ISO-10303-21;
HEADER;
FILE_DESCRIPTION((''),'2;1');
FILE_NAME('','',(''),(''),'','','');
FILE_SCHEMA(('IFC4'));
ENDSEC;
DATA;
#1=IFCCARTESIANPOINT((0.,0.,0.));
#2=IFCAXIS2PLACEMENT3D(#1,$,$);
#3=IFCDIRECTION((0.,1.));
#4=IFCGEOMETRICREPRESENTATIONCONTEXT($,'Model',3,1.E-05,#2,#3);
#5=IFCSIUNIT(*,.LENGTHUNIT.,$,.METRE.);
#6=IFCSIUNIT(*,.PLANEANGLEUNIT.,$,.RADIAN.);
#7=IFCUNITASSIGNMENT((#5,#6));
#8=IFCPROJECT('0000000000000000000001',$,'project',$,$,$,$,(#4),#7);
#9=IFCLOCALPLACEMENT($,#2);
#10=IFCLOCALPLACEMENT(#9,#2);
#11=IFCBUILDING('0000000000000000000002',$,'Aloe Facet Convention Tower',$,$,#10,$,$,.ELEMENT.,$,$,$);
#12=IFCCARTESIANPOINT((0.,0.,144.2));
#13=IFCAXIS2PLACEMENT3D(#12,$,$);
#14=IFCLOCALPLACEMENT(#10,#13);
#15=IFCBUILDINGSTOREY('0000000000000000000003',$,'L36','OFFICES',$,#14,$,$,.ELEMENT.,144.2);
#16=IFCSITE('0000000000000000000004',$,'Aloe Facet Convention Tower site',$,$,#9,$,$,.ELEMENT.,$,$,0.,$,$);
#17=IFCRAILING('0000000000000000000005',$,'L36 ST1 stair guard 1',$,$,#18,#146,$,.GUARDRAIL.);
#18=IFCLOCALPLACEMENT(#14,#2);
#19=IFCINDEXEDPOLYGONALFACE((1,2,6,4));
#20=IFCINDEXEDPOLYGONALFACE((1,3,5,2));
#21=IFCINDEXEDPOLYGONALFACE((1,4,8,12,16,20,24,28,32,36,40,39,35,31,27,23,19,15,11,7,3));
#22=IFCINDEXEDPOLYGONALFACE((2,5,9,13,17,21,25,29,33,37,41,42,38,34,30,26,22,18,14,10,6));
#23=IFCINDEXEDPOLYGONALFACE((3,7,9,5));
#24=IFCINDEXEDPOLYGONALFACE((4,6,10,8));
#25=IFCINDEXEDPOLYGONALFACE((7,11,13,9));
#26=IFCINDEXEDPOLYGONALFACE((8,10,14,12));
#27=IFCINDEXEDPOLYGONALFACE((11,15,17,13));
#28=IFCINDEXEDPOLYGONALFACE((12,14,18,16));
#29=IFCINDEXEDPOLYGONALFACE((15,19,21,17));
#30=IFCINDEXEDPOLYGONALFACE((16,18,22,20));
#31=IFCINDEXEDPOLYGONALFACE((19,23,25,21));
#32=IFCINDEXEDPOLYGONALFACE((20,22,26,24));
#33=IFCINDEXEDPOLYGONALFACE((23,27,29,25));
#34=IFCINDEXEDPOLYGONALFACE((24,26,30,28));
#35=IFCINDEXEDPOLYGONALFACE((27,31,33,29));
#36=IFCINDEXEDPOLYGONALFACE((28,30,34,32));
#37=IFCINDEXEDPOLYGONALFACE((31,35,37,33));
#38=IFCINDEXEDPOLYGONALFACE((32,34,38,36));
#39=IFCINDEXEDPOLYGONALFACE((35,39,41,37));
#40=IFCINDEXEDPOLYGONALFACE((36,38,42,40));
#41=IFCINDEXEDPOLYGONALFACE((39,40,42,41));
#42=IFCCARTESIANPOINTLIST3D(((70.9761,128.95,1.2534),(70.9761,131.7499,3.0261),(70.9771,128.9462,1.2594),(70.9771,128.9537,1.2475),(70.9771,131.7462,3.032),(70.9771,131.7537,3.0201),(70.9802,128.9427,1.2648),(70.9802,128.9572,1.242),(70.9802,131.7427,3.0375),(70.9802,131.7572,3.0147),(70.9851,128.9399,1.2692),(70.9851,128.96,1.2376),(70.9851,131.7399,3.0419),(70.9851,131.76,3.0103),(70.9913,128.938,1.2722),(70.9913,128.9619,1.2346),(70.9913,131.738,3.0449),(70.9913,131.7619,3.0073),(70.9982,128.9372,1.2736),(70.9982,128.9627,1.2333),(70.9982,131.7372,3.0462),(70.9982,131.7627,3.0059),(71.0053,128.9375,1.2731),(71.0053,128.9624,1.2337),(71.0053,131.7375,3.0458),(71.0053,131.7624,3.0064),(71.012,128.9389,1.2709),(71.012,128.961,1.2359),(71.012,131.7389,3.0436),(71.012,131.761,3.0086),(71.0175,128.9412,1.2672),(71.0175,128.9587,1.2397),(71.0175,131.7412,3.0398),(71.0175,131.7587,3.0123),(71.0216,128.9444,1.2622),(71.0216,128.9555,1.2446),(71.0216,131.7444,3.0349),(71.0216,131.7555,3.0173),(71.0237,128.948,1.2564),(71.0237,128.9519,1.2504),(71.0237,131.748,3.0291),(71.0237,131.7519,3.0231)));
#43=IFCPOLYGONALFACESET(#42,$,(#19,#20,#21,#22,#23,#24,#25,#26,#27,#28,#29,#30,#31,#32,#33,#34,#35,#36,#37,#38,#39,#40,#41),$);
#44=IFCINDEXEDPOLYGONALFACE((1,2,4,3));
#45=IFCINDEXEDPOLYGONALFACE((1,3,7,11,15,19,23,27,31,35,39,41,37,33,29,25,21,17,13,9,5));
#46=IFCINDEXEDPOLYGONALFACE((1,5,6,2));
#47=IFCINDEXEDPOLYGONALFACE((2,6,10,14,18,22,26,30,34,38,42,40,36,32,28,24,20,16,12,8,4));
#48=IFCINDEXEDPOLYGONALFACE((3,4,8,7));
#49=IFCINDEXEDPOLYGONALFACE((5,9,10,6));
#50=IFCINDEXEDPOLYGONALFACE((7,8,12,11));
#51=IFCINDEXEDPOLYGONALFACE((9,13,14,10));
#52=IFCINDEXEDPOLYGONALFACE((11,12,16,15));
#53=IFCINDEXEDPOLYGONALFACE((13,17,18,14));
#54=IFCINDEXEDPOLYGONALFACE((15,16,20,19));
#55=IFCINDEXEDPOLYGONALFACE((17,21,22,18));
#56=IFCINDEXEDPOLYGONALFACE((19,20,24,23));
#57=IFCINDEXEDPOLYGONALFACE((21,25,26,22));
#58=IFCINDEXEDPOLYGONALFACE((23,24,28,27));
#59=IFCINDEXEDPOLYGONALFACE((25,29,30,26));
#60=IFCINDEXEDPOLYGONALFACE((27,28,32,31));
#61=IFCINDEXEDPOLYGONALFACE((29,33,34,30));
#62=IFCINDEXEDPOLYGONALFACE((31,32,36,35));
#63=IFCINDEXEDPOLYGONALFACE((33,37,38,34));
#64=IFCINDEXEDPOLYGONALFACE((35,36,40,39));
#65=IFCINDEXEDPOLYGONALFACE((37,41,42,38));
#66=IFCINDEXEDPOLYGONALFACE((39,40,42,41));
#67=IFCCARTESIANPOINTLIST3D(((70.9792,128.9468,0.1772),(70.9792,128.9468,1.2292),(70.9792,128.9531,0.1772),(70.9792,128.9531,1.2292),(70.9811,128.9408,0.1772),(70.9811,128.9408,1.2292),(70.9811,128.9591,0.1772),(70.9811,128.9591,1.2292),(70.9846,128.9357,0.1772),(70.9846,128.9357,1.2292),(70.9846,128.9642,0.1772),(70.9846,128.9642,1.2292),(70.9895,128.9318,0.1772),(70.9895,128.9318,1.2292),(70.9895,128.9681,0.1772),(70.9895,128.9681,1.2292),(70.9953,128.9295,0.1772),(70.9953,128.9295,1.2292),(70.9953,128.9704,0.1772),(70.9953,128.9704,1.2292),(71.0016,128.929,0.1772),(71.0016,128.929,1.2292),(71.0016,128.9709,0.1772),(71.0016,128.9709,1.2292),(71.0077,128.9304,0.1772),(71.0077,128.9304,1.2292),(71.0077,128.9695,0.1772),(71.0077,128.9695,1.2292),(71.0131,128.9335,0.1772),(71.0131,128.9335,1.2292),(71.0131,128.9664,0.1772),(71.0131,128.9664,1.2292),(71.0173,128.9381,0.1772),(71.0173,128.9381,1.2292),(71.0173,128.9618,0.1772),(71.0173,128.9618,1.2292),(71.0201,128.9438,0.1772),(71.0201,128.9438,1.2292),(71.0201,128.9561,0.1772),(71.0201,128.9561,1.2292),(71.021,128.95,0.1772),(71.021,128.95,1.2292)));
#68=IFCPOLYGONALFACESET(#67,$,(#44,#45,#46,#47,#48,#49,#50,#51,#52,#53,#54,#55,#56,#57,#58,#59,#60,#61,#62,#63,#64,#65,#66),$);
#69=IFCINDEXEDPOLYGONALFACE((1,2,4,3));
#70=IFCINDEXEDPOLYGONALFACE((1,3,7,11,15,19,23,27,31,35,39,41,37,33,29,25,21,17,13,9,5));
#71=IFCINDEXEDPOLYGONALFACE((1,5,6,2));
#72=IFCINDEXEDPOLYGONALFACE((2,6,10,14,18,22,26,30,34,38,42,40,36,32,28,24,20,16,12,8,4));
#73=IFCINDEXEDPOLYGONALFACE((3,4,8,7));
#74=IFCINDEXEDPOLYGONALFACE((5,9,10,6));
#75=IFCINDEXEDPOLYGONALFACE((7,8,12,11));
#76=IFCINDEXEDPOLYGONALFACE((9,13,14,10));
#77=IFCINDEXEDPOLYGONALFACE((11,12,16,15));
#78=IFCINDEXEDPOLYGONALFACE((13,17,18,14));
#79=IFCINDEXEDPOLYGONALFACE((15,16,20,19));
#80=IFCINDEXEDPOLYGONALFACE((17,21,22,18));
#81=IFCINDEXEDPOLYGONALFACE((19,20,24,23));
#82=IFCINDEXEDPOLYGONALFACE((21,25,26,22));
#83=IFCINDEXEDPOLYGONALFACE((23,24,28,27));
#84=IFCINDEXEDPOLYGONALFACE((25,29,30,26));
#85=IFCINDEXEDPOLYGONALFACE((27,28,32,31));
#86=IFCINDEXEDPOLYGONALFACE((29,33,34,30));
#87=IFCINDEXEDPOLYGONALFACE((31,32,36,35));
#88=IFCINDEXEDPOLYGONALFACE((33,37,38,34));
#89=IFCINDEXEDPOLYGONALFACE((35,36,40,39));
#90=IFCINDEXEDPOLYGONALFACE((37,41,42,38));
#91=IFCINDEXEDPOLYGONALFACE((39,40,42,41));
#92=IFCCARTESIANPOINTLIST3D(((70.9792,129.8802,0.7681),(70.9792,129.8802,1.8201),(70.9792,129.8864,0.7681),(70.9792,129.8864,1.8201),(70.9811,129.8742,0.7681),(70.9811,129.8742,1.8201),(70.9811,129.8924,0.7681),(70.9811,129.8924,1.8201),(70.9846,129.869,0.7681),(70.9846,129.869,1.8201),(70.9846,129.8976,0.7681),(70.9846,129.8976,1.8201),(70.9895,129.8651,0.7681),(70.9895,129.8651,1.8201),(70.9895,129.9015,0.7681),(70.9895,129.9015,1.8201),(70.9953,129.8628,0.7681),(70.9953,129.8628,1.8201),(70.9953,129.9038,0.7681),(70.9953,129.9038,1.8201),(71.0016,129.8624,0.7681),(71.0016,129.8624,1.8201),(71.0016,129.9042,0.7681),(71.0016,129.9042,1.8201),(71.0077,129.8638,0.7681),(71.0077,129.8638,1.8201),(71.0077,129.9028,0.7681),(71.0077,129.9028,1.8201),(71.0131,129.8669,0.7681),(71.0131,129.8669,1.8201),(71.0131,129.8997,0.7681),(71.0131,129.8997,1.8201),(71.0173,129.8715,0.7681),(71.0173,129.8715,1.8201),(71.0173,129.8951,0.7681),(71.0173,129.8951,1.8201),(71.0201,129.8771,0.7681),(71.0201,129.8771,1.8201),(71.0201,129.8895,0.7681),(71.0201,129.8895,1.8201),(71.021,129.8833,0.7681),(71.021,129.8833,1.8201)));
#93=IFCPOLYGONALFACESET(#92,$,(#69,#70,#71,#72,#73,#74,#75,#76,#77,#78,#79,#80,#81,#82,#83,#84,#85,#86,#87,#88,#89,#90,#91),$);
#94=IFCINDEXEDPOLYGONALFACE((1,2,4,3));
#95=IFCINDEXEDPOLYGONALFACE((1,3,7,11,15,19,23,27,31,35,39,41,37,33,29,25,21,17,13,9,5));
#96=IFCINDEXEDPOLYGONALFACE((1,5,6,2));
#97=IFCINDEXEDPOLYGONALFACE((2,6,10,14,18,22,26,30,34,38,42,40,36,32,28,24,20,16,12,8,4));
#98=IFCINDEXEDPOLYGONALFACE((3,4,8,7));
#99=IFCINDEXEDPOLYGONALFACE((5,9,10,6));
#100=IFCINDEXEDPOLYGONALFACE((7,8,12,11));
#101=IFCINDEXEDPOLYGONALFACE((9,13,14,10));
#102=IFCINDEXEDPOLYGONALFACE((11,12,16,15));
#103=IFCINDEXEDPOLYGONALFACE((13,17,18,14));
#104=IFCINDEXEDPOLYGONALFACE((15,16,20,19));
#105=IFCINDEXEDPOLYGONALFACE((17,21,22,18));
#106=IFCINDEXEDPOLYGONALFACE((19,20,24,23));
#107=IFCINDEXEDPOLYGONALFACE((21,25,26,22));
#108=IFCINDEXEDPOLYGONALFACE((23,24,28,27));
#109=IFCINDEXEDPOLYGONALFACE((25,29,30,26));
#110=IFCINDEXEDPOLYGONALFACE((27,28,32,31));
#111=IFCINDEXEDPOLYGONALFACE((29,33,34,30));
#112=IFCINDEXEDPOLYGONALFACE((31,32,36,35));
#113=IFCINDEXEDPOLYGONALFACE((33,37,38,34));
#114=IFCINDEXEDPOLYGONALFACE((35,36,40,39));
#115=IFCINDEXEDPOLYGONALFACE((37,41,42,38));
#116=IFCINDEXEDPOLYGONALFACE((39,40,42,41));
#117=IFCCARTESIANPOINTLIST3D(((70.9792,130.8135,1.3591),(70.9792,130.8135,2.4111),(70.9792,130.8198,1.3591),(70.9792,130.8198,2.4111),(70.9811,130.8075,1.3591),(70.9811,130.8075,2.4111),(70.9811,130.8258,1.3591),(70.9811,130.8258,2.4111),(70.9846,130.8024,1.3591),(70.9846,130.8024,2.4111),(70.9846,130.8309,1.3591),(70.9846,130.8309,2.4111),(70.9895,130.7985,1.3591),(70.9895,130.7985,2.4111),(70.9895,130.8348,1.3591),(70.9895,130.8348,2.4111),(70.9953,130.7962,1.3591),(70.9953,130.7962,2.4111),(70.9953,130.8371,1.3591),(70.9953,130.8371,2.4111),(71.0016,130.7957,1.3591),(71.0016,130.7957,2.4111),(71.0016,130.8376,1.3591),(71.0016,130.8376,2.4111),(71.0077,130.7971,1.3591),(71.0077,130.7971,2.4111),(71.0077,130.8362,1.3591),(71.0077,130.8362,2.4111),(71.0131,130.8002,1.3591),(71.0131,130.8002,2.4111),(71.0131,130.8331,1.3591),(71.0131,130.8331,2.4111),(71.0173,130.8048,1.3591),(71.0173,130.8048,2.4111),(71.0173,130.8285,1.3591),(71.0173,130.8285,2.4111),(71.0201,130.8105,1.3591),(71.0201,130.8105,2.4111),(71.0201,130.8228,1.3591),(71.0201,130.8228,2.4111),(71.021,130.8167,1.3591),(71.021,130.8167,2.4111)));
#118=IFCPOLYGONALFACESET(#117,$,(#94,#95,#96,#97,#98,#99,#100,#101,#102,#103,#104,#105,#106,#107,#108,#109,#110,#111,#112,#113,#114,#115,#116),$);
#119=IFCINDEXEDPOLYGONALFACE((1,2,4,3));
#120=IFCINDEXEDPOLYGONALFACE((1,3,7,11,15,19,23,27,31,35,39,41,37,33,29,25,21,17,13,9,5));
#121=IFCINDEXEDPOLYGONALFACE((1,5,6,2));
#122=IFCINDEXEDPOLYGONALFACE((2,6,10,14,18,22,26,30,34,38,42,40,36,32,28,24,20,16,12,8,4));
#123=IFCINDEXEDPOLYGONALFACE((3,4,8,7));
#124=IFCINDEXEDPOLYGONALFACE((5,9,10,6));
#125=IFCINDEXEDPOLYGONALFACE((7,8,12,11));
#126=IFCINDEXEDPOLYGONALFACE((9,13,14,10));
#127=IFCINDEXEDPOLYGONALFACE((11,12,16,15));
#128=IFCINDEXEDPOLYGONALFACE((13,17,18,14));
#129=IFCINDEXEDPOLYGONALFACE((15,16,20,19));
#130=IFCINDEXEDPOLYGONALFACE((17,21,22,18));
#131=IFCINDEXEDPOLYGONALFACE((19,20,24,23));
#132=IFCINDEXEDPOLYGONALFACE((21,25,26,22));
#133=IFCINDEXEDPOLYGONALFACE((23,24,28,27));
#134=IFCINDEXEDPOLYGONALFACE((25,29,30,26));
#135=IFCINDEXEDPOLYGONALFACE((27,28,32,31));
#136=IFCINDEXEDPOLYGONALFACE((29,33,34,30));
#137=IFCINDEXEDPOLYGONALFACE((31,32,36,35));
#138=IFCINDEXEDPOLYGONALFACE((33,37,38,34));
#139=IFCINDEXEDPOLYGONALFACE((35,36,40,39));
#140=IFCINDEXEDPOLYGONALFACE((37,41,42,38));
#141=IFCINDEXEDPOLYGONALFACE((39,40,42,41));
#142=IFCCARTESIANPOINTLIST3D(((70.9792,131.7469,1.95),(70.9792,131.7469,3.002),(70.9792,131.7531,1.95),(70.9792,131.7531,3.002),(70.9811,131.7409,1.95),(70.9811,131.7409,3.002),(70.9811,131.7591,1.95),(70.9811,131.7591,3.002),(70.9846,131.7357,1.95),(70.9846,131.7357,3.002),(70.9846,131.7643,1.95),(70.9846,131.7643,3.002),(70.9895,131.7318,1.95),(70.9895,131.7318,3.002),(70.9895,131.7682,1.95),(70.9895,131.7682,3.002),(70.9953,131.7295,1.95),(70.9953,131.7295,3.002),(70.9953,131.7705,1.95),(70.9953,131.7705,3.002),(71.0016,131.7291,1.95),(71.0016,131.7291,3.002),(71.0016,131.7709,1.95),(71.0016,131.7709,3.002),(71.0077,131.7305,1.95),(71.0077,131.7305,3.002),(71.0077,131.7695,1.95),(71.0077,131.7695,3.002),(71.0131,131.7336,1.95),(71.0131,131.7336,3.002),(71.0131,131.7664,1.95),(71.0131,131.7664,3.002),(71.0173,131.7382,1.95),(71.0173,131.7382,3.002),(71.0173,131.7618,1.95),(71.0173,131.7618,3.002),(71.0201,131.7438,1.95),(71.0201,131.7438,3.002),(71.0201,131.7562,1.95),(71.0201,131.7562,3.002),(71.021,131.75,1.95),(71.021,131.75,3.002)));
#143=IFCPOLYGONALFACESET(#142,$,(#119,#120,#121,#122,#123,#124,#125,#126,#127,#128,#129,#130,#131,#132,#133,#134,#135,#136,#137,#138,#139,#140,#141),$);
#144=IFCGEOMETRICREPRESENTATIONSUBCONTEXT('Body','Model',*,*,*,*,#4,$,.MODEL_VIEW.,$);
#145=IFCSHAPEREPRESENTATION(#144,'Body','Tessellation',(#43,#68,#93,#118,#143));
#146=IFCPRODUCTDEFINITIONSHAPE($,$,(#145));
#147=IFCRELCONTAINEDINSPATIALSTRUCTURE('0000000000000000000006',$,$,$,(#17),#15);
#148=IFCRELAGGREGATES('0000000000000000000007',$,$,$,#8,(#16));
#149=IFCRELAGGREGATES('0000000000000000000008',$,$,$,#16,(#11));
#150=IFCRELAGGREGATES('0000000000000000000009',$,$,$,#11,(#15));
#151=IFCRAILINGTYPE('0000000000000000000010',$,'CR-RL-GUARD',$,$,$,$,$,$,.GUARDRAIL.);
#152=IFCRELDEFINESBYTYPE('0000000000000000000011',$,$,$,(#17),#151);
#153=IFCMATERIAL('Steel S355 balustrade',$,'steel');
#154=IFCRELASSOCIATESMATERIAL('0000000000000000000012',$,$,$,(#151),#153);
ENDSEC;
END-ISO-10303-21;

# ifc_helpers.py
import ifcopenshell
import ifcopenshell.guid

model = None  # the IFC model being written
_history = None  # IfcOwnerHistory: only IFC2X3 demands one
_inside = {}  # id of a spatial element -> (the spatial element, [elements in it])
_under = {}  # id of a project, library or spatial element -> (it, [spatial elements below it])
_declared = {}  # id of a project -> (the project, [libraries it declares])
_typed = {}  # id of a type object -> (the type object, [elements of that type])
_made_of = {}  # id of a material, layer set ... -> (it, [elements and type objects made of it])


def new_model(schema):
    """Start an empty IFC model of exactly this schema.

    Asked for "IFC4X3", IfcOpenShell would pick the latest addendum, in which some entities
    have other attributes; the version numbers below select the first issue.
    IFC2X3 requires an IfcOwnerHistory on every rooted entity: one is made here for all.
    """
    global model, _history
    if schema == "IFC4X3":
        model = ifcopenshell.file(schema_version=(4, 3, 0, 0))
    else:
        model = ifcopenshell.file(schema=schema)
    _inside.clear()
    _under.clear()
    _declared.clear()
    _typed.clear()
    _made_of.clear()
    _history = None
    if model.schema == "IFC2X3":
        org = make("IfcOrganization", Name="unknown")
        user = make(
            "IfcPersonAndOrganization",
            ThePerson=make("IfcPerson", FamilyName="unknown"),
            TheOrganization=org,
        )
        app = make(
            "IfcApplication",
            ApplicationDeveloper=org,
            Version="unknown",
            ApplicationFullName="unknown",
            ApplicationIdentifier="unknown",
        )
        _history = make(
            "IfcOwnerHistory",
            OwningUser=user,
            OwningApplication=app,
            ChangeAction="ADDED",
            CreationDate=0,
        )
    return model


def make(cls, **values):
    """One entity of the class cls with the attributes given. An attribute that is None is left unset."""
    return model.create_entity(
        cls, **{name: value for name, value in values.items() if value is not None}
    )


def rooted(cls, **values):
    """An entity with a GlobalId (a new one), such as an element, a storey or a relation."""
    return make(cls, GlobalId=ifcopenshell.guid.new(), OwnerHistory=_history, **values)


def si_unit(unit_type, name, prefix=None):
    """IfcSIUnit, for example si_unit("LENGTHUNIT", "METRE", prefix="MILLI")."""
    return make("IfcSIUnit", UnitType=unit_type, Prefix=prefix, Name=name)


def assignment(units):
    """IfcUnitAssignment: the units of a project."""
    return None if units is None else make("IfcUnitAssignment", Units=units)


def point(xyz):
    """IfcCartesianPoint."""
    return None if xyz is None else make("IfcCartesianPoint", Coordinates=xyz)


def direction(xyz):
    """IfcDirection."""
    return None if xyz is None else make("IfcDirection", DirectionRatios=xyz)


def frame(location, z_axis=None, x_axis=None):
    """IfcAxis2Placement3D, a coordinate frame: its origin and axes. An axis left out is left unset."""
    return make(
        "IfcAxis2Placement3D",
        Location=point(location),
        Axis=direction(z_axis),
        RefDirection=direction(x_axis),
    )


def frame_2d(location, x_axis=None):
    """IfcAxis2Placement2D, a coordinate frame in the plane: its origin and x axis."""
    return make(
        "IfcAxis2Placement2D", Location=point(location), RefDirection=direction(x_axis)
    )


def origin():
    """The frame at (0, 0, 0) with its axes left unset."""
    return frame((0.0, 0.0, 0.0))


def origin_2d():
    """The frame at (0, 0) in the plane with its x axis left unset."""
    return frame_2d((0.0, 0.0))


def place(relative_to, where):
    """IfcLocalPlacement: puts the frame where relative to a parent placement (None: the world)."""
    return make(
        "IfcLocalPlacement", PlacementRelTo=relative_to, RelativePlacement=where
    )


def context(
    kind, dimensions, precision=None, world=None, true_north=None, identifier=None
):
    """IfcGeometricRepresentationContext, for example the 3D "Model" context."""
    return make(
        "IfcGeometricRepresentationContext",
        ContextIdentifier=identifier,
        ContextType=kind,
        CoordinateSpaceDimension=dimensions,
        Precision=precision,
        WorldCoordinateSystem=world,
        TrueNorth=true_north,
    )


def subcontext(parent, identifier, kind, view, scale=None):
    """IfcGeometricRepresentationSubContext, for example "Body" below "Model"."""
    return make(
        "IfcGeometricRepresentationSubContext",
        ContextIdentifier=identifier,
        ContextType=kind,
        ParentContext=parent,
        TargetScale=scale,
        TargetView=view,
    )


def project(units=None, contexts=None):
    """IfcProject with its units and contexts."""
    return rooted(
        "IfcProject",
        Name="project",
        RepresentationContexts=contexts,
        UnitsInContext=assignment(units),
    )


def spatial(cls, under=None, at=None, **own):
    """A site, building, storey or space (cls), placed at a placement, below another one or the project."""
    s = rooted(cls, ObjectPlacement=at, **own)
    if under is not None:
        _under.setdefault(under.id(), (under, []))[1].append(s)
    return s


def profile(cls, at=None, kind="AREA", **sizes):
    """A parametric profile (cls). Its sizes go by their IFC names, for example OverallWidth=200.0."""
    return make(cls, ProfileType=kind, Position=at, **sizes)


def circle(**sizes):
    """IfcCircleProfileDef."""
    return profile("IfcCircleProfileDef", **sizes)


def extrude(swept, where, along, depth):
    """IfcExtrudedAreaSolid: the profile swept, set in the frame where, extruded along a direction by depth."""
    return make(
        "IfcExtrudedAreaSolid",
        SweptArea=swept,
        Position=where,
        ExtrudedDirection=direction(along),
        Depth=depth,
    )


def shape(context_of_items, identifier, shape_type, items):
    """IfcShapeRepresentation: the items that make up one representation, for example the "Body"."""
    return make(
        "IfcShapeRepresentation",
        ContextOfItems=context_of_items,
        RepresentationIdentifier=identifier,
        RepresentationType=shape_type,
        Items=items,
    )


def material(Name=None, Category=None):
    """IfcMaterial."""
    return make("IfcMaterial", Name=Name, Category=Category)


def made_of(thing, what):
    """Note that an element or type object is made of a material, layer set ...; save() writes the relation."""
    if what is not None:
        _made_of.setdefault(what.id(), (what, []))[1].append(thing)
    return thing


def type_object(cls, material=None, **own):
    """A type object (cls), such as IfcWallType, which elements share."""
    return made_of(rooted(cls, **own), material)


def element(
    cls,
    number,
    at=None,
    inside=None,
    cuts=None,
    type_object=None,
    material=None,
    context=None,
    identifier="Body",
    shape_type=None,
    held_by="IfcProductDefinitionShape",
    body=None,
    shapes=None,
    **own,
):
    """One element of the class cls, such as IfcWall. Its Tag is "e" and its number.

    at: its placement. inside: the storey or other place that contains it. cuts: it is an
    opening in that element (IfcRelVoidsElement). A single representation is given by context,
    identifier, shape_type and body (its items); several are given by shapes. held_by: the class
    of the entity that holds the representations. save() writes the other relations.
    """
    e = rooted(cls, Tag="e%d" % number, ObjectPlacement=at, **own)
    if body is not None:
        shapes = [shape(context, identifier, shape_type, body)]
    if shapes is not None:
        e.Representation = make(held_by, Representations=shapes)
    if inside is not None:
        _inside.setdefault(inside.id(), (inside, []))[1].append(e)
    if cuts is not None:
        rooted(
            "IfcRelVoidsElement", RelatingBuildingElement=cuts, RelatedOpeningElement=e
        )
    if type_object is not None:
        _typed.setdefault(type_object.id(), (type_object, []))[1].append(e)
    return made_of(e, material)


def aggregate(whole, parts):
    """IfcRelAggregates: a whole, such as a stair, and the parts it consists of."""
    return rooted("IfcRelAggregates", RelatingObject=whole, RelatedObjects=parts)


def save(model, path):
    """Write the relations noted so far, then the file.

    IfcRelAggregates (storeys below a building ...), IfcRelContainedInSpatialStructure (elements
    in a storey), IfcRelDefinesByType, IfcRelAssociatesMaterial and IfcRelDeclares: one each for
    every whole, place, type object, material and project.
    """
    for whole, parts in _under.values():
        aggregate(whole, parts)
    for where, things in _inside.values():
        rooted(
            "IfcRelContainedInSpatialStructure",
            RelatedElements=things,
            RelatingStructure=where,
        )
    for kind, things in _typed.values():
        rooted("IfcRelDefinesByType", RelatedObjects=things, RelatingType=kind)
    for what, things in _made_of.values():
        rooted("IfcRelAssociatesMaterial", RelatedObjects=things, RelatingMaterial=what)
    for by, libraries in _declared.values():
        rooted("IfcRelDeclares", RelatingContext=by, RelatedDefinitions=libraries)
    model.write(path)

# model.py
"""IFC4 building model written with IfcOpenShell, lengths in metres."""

from ifc_helpers import new_model, si_unit, direction, frame, origin, origin_2d, place, context, subcontext, project, spatial, circle, extrude, material, type_object, element, save


model = new_model("IFC4")

# Units and contexts
model_context = context("Model", 3, precision=1e-05, world=origin(), true_north=direction((0.0, 1.0)))
body_context = subcontext(model_context, "Body", "Model", "MODEL_VIEW")
ifc_project = project(units=[si_unit("LENGTHUNIT", "METRE"), si_unit("PLANEANGLEUNIT", "RADIAN")], contexts=[model_context])

# Site, building, storey
site_placement = place(None, origin())
site = spatial("IfcSite", under=ifc_project, at=site_placement, Name="Aloe Facet Convention Tower site", CompositionType="ELEMENT", RefElevation=0.0)
building_placement = place(site_placement, origin())
building = spatial("IfcBuilding", under=site, at=building_placement, Name="Aloe Facet Convention Tower", CompositionType="ELEMENT")
storey_placement = place(building_placement, frame((0.0, 0.0, 144.2)))
storey = spatial("IfcBuildingStorey", under=building, at=storey_placement, Name="L36", Description="OFFICES", CompositionType="ELEMENT", Elevation=144.2)

# Railing
ifc_material_1 = material(Name="Steel S355 balustrade", Category="steel")
railing_type_1 = type_object("IfcRailingType", Name="CR-RL-GUARD", PredefinedType="GUARDRAIL", material=ifc_material_1)
railing_1_placement = place(storey_placement, frame((71.0, 128.95, 0.1772)))
element("IfcRailing", 1, at=railing_1_placement, inside=storey, type_object=railing_type_1, Name="L36 ST1 stair guard 1", PredefinedType="GUARDRAIL", context=body_context, shape_type="SweptSolid", body=[
    extrude(circle(Radius=0.0239, at=origin_2d()), frame((0.0, 0.0, 1.0762), z_axis=(0.0, 0.844909, 0.53491), x_axis=(-1.0, 0.0, 0.0)), (0.0, 0.0, 1.0), 3.314),
    extrude(circle(Radius=0.021, at=origin_2d()), origin(), (0.0, 0.0, 1.0), 1.052),
    extrude(circle(Radius=0.021, at=origin_2d()), frame((0.0, 0.9333, 0.5908)), (0.0, 0.0, 1.0), 1.052),
    extrude(circle(Radius=0.021, at=origin_2d()), frame((0.0, 1.8667, 1.1819)), (0.0, 0.0, 1.0), 1.052),
    extrude(circle(Radius=0.021, at=origin_2d()), frame((0.0, 2.8, 1.7727)), (0.0, 0.0, 1.0), 1.052),
])

save(model, "model.ifc")
